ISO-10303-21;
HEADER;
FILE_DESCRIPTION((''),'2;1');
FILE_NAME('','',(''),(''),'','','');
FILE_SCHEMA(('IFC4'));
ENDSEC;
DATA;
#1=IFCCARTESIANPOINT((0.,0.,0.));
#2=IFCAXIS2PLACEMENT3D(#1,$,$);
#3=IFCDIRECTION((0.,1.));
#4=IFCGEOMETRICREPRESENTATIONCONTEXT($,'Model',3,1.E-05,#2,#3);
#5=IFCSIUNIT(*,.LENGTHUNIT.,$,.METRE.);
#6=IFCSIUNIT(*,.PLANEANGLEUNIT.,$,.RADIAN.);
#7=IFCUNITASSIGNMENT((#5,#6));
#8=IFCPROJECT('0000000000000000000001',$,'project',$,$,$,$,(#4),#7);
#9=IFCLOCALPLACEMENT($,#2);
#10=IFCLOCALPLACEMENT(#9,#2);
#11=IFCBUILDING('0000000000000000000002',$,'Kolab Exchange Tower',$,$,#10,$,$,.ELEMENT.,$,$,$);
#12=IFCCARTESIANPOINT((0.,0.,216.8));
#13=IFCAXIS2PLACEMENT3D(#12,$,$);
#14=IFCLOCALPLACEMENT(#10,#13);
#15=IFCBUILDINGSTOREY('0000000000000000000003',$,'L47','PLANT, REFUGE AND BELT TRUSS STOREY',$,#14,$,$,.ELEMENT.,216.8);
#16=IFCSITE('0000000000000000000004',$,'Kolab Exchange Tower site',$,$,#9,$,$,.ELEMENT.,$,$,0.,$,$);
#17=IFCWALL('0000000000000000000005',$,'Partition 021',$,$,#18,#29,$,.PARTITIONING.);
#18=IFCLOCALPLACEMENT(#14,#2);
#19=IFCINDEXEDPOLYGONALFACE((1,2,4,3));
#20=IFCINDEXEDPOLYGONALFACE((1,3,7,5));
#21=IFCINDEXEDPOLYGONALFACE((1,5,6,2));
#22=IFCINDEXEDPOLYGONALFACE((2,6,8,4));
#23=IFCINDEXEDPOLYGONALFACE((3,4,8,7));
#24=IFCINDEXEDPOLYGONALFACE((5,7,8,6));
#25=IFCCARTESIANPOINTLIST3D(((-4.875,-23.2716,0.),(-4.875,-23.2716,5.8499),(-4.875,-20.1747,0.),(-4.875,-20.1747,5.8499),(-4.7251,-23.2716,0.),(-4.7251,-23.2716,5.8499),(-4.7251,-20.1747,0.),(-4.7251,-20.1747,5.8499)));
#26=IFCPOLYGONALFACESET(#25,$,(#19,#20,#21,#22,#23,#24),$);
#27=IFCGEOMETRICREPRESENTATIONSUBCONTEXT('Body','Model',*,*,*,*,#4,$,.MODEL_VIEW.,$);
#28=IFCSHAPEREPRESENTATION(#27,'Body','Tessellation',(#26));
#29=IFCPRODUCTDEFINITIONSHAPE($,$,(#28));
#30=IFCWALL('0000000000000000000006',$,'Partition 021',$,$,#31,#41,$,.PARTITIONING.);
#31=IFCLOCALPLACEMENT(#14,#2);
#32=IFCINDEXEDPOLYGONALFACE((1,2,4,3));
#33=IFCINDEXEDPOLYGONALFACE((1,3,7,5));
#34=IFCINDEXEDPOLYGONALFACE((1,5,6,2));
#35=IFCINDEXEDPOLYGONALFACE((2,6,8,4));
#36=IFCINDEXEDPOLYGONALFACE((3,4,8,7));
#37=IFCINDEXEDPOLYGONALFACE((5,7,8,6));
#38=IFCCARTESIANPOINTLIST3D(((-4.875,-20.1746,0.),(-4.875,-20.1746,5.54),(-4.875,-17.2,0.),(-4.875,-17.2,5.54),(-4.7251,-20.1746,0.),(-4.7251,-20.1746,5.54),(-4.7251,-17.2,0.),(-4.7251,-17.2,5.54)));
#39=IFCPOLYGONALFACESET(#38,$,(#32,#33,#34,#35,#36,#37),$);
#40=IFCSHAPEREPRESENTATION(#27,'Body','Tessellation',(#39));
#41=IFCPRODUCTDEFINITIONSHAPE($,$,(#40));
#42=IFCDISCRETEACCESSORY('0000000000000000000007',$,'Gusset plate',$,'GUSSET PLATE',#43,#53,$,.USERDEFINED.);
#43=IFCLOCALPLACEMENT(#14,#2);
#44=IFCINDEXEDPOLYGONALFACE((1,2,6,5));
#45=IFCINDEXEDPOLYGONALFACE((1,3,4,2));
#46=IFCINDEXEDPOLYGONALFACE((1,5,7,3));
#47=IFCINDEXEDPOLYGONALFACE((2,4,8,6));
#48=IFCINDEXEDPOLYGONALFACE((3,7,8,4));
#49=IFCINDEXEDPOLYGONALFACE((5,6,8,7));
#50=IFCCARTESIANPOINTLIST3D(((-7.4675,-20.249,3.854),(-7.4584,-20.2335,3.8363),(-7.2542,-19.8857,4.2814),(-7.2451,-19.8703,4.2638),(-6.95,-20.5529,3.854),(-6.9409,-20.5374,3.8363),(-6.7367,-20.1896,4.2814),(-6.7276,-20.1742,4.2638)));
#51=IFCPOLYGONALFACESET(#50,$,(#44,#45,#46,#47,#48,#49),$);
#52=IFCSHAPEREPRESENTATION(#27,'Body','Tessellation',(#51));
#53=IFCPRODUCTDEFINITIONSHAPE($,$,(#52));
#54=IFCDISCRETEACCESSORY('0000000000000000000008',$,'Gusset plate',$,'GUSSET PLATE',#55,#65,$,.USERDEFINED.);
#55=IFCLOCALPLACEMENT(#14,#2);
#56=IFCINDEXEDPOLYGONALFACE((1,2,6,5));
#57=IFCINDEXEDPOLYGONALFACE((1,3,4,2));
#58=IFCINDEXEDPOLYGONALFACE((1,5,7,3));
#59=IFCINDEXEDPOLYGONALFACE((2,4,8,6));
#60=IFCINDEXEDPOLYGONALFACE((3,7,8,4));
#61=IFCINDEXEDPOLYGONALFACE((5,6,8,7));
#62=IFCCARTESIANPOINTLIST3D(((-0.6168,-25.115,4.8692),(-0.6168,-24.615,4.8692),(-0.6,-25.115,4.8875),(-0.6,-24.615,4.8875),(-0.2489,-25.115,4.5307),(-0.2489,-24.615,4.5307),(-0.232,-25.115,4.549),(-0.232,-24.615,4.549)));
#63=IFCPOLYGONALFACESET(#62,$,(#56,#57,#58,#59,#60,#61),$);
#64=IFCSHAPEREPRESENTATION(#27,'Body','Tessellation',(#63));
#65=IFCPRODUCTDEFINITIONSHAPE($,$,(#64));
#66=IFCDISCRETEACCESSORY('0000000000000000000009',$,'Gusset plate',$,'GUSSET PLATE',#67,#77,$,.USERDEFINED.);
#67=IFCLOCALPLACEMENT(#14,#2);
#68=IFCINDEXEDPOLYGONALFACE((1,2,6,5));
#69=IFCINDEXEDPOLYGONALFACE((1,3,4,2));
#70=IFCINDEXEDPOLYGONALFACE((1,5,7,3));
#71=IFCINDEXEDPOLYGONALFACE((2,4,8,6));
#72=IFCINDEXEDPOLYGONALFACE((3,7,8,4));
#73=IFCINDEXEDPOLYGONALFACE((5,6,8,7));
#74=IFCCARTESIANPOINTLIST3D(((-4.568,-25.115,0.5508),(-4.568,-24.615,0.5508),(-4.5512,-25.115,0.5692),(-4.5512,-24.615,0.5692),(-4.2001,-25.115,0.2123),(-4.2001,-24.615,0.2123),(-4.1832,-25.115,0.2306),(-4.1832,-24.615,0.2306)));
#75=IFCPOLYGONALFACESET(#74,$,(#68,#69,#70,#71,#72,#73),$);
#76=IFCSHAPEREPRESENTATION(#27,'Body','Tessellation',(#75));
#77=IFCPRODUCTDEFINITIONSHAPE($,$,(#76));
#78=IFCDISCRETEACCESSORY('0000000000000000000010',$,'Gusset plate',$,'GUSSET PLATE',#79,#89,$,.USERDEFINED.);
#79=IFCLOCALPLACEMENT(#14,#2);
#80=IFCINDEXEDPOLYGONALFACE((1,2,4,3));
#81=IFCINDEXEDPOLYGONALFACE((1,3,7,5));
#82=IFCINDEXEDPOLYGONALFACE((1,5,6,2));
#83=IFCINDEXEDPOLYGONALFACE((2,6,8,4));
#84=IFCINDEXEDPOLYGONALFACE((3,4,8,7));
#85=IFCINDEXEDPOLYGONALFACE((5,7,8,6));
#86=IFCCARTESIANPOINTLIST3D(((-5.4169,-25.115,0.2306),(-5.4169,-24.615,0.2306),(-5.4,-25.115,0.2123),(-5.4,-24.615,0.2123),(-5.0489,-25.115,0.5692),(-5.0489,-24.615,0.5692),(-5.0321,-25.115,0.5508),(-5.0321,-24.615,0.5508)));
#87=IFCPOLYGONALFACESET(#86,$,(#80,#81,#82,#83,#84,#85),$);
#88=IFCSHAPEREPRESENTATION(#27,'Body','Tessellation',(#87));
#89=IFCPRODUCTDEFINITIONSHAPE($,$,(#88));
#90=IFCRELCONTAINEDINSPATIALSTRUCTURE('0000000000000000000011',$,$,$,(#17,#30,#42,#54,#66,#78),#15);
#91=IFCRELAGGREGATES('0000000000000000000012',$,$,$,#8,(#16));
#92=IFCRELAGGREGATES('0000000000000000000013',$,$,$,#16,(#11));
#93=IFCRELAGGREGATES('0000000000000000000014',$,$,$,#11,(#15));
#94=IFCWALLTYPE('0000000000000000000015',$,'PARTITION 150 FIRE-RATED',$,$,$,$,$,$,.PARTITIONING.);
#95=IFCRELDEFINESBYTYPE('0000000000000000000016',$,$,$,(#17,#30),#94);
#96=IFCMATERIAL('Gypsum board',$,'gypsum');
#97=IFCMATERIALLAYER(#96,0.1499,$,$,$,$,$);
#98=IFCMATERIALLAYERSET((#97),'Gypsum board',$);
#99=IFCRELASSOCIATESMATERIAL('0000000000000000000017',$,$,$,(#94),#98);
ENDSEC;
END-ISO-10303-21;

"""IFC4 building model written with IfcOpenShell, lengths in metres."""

from ifc_helpers import new_model, si_unit, direction, frame, frame_2d, origin, origin_2d, place, context, subcontext, project, spatial, rectangle, extrude, material, layer, layer_set, type_object, element, save


model = new_model("IFC4")

# Units and contexts
model_context = context("Model", 3, precision=1e-05, world=origin(), true_north=direction((0.0, 1.0)))
body_context = subcontext(model_context, "Body", "Model", "MODEL_VIEW")
ifc_project = project(units=[si_unit("LENGTHUNIT", "METRE"), si_unit("PLANEANGLEUNIT", "RADIAN")], contexts=[model_context])

# Site, building, storey
site_placement = place(None, origin())
site = spatial("IfcSite", under=ifc_project, at=site_placement, Name="Kolab Exchange Tower site", CompositionType="ELEMENT", RefElevation=0.0)
building_placement = place(site_placement, origin())
building = spatial("IfcBuilding", under=site, at=building_placement, Name="Kolab Exchange Tower", CompositionType="ELEMENT")
storey_placement = place(building_placement, frame((0.0, 0.0, 216.8)))
storey = spatial("IfcBuildingStorey", under=building, at=storey_placement, Name="L47", Description="PLANT, REFUGE AND BELT TRUSS STOREY", CompositionType="ELEMENT", Elevation=216.8)

# Walls
ifc_material_1 = material(Name="Gypsum board", Category="gypsum")
ifc_layer_1 = layer(ifc_material_1, 0.1499)
ifc_layer_set_1 = layer_set([ifc_layer_1], Name="Gypsum board")
wall_type = type_object("IfcWallType", Name="PARTITION 150 FIRE-RATED", PredefinedType="PARTITIONING", material=ifc_layer_set_1)
wall_1_placement = place(storey_placement, frame((-4.8, -23.2715, 0.0), z_axis=(0.0, 0.0, 1.0), x_axis=(0.0, 1.0, 0.0)))
element("IfcWall", 1, at=wall_1_placement, inside=storey, type_object=wall_type, Name="Partition 021", PredefinedType="PARTITIONING", context=body_context, shape_type="SweptSolid", body=[
    extrude(rectangle(XDim=3.0969, YDim=0.1499, at=frame_2d((1.5483, 0.0))), origin(), (0.0, 0.0, 1.0), 5.8499),
])
wall_2_placement = place(storey_placement, frame((-4.8, -20.1746, 0.0), z_axis=(0.0, 0.0, 1.0), x_axis=(0.0, 1.0, 0.0)))
element("IfcWall", 2, at=wall_2_placement, inside=storey, type_object=wall_type, Name="Partition 021", PredefinedType="PARTITIONING", context=body_context, shape_type="SweptSolid", body=[
    extrude(rectangle(XDim=2.9746, YDim=0.1499, at=frame_2d((1.4873, 0.0))), origin(), (0.0, 0.0, 1.0), 5.54),
])

# Discrete accessories
discrete_accessory_placement = place(storey_placement, frame((-7.093, -20.2039, 4.05), z_axis=(-0.360705, -0.614174, 0.701913), x_axis=(0.862286, -0.506422, 0.0)))
element("IfcDiscreteAccessory", 3, at=discrete_accessory_placement, inside=storey, Name="Gusset plate", ObjectType="GUSSET PLATE", PredefinedType="USERDEFINED", context=body_context, shape_type="SweptSolid", body=[
    extrude(rectangle(XDim=0.6001, YDim=0.6001, at=origin_2d()), origin(), (0.0, 0.0, 1.0), 0.0251),
])
for number, where, z_axis, x_axis, name in (
    (4, (-0.4329, -24.865, 4.7), (0.677057, 0.0, 0.735931), (0.0, 1.0, 0.0), "Gusset plate"),
    (5, (-4.3672, -24.865, 0.3999), (-0.677057, 0.0, -0.735931), (0.0, -1.0, 0.0), "Gusset plate"),
    (6, (-5.2329, -24.865, 0.3999), (0.677057, 0.0, -0.735931), (0.0, 1.0, 0.0), "Gusset plate"),
):
    element("IfcDiscreteAccessory", number, at=place(storey_placement, frame(where, z_axis=z_axis, x_axis=x_axis)), inside=storey, Name=name, ObjectType="GUSSET PLATE", PredefinedType="USERDEFINED", context=body_context, shape_type="SweptSolid", body=[
        extrude(rectangle(XDim=0.5, YDim=0.5, at=origin_2d()), origin(), (0.0, 0.0, 1.0), 0.0249),
    ])

save(model, "model.ifc")
